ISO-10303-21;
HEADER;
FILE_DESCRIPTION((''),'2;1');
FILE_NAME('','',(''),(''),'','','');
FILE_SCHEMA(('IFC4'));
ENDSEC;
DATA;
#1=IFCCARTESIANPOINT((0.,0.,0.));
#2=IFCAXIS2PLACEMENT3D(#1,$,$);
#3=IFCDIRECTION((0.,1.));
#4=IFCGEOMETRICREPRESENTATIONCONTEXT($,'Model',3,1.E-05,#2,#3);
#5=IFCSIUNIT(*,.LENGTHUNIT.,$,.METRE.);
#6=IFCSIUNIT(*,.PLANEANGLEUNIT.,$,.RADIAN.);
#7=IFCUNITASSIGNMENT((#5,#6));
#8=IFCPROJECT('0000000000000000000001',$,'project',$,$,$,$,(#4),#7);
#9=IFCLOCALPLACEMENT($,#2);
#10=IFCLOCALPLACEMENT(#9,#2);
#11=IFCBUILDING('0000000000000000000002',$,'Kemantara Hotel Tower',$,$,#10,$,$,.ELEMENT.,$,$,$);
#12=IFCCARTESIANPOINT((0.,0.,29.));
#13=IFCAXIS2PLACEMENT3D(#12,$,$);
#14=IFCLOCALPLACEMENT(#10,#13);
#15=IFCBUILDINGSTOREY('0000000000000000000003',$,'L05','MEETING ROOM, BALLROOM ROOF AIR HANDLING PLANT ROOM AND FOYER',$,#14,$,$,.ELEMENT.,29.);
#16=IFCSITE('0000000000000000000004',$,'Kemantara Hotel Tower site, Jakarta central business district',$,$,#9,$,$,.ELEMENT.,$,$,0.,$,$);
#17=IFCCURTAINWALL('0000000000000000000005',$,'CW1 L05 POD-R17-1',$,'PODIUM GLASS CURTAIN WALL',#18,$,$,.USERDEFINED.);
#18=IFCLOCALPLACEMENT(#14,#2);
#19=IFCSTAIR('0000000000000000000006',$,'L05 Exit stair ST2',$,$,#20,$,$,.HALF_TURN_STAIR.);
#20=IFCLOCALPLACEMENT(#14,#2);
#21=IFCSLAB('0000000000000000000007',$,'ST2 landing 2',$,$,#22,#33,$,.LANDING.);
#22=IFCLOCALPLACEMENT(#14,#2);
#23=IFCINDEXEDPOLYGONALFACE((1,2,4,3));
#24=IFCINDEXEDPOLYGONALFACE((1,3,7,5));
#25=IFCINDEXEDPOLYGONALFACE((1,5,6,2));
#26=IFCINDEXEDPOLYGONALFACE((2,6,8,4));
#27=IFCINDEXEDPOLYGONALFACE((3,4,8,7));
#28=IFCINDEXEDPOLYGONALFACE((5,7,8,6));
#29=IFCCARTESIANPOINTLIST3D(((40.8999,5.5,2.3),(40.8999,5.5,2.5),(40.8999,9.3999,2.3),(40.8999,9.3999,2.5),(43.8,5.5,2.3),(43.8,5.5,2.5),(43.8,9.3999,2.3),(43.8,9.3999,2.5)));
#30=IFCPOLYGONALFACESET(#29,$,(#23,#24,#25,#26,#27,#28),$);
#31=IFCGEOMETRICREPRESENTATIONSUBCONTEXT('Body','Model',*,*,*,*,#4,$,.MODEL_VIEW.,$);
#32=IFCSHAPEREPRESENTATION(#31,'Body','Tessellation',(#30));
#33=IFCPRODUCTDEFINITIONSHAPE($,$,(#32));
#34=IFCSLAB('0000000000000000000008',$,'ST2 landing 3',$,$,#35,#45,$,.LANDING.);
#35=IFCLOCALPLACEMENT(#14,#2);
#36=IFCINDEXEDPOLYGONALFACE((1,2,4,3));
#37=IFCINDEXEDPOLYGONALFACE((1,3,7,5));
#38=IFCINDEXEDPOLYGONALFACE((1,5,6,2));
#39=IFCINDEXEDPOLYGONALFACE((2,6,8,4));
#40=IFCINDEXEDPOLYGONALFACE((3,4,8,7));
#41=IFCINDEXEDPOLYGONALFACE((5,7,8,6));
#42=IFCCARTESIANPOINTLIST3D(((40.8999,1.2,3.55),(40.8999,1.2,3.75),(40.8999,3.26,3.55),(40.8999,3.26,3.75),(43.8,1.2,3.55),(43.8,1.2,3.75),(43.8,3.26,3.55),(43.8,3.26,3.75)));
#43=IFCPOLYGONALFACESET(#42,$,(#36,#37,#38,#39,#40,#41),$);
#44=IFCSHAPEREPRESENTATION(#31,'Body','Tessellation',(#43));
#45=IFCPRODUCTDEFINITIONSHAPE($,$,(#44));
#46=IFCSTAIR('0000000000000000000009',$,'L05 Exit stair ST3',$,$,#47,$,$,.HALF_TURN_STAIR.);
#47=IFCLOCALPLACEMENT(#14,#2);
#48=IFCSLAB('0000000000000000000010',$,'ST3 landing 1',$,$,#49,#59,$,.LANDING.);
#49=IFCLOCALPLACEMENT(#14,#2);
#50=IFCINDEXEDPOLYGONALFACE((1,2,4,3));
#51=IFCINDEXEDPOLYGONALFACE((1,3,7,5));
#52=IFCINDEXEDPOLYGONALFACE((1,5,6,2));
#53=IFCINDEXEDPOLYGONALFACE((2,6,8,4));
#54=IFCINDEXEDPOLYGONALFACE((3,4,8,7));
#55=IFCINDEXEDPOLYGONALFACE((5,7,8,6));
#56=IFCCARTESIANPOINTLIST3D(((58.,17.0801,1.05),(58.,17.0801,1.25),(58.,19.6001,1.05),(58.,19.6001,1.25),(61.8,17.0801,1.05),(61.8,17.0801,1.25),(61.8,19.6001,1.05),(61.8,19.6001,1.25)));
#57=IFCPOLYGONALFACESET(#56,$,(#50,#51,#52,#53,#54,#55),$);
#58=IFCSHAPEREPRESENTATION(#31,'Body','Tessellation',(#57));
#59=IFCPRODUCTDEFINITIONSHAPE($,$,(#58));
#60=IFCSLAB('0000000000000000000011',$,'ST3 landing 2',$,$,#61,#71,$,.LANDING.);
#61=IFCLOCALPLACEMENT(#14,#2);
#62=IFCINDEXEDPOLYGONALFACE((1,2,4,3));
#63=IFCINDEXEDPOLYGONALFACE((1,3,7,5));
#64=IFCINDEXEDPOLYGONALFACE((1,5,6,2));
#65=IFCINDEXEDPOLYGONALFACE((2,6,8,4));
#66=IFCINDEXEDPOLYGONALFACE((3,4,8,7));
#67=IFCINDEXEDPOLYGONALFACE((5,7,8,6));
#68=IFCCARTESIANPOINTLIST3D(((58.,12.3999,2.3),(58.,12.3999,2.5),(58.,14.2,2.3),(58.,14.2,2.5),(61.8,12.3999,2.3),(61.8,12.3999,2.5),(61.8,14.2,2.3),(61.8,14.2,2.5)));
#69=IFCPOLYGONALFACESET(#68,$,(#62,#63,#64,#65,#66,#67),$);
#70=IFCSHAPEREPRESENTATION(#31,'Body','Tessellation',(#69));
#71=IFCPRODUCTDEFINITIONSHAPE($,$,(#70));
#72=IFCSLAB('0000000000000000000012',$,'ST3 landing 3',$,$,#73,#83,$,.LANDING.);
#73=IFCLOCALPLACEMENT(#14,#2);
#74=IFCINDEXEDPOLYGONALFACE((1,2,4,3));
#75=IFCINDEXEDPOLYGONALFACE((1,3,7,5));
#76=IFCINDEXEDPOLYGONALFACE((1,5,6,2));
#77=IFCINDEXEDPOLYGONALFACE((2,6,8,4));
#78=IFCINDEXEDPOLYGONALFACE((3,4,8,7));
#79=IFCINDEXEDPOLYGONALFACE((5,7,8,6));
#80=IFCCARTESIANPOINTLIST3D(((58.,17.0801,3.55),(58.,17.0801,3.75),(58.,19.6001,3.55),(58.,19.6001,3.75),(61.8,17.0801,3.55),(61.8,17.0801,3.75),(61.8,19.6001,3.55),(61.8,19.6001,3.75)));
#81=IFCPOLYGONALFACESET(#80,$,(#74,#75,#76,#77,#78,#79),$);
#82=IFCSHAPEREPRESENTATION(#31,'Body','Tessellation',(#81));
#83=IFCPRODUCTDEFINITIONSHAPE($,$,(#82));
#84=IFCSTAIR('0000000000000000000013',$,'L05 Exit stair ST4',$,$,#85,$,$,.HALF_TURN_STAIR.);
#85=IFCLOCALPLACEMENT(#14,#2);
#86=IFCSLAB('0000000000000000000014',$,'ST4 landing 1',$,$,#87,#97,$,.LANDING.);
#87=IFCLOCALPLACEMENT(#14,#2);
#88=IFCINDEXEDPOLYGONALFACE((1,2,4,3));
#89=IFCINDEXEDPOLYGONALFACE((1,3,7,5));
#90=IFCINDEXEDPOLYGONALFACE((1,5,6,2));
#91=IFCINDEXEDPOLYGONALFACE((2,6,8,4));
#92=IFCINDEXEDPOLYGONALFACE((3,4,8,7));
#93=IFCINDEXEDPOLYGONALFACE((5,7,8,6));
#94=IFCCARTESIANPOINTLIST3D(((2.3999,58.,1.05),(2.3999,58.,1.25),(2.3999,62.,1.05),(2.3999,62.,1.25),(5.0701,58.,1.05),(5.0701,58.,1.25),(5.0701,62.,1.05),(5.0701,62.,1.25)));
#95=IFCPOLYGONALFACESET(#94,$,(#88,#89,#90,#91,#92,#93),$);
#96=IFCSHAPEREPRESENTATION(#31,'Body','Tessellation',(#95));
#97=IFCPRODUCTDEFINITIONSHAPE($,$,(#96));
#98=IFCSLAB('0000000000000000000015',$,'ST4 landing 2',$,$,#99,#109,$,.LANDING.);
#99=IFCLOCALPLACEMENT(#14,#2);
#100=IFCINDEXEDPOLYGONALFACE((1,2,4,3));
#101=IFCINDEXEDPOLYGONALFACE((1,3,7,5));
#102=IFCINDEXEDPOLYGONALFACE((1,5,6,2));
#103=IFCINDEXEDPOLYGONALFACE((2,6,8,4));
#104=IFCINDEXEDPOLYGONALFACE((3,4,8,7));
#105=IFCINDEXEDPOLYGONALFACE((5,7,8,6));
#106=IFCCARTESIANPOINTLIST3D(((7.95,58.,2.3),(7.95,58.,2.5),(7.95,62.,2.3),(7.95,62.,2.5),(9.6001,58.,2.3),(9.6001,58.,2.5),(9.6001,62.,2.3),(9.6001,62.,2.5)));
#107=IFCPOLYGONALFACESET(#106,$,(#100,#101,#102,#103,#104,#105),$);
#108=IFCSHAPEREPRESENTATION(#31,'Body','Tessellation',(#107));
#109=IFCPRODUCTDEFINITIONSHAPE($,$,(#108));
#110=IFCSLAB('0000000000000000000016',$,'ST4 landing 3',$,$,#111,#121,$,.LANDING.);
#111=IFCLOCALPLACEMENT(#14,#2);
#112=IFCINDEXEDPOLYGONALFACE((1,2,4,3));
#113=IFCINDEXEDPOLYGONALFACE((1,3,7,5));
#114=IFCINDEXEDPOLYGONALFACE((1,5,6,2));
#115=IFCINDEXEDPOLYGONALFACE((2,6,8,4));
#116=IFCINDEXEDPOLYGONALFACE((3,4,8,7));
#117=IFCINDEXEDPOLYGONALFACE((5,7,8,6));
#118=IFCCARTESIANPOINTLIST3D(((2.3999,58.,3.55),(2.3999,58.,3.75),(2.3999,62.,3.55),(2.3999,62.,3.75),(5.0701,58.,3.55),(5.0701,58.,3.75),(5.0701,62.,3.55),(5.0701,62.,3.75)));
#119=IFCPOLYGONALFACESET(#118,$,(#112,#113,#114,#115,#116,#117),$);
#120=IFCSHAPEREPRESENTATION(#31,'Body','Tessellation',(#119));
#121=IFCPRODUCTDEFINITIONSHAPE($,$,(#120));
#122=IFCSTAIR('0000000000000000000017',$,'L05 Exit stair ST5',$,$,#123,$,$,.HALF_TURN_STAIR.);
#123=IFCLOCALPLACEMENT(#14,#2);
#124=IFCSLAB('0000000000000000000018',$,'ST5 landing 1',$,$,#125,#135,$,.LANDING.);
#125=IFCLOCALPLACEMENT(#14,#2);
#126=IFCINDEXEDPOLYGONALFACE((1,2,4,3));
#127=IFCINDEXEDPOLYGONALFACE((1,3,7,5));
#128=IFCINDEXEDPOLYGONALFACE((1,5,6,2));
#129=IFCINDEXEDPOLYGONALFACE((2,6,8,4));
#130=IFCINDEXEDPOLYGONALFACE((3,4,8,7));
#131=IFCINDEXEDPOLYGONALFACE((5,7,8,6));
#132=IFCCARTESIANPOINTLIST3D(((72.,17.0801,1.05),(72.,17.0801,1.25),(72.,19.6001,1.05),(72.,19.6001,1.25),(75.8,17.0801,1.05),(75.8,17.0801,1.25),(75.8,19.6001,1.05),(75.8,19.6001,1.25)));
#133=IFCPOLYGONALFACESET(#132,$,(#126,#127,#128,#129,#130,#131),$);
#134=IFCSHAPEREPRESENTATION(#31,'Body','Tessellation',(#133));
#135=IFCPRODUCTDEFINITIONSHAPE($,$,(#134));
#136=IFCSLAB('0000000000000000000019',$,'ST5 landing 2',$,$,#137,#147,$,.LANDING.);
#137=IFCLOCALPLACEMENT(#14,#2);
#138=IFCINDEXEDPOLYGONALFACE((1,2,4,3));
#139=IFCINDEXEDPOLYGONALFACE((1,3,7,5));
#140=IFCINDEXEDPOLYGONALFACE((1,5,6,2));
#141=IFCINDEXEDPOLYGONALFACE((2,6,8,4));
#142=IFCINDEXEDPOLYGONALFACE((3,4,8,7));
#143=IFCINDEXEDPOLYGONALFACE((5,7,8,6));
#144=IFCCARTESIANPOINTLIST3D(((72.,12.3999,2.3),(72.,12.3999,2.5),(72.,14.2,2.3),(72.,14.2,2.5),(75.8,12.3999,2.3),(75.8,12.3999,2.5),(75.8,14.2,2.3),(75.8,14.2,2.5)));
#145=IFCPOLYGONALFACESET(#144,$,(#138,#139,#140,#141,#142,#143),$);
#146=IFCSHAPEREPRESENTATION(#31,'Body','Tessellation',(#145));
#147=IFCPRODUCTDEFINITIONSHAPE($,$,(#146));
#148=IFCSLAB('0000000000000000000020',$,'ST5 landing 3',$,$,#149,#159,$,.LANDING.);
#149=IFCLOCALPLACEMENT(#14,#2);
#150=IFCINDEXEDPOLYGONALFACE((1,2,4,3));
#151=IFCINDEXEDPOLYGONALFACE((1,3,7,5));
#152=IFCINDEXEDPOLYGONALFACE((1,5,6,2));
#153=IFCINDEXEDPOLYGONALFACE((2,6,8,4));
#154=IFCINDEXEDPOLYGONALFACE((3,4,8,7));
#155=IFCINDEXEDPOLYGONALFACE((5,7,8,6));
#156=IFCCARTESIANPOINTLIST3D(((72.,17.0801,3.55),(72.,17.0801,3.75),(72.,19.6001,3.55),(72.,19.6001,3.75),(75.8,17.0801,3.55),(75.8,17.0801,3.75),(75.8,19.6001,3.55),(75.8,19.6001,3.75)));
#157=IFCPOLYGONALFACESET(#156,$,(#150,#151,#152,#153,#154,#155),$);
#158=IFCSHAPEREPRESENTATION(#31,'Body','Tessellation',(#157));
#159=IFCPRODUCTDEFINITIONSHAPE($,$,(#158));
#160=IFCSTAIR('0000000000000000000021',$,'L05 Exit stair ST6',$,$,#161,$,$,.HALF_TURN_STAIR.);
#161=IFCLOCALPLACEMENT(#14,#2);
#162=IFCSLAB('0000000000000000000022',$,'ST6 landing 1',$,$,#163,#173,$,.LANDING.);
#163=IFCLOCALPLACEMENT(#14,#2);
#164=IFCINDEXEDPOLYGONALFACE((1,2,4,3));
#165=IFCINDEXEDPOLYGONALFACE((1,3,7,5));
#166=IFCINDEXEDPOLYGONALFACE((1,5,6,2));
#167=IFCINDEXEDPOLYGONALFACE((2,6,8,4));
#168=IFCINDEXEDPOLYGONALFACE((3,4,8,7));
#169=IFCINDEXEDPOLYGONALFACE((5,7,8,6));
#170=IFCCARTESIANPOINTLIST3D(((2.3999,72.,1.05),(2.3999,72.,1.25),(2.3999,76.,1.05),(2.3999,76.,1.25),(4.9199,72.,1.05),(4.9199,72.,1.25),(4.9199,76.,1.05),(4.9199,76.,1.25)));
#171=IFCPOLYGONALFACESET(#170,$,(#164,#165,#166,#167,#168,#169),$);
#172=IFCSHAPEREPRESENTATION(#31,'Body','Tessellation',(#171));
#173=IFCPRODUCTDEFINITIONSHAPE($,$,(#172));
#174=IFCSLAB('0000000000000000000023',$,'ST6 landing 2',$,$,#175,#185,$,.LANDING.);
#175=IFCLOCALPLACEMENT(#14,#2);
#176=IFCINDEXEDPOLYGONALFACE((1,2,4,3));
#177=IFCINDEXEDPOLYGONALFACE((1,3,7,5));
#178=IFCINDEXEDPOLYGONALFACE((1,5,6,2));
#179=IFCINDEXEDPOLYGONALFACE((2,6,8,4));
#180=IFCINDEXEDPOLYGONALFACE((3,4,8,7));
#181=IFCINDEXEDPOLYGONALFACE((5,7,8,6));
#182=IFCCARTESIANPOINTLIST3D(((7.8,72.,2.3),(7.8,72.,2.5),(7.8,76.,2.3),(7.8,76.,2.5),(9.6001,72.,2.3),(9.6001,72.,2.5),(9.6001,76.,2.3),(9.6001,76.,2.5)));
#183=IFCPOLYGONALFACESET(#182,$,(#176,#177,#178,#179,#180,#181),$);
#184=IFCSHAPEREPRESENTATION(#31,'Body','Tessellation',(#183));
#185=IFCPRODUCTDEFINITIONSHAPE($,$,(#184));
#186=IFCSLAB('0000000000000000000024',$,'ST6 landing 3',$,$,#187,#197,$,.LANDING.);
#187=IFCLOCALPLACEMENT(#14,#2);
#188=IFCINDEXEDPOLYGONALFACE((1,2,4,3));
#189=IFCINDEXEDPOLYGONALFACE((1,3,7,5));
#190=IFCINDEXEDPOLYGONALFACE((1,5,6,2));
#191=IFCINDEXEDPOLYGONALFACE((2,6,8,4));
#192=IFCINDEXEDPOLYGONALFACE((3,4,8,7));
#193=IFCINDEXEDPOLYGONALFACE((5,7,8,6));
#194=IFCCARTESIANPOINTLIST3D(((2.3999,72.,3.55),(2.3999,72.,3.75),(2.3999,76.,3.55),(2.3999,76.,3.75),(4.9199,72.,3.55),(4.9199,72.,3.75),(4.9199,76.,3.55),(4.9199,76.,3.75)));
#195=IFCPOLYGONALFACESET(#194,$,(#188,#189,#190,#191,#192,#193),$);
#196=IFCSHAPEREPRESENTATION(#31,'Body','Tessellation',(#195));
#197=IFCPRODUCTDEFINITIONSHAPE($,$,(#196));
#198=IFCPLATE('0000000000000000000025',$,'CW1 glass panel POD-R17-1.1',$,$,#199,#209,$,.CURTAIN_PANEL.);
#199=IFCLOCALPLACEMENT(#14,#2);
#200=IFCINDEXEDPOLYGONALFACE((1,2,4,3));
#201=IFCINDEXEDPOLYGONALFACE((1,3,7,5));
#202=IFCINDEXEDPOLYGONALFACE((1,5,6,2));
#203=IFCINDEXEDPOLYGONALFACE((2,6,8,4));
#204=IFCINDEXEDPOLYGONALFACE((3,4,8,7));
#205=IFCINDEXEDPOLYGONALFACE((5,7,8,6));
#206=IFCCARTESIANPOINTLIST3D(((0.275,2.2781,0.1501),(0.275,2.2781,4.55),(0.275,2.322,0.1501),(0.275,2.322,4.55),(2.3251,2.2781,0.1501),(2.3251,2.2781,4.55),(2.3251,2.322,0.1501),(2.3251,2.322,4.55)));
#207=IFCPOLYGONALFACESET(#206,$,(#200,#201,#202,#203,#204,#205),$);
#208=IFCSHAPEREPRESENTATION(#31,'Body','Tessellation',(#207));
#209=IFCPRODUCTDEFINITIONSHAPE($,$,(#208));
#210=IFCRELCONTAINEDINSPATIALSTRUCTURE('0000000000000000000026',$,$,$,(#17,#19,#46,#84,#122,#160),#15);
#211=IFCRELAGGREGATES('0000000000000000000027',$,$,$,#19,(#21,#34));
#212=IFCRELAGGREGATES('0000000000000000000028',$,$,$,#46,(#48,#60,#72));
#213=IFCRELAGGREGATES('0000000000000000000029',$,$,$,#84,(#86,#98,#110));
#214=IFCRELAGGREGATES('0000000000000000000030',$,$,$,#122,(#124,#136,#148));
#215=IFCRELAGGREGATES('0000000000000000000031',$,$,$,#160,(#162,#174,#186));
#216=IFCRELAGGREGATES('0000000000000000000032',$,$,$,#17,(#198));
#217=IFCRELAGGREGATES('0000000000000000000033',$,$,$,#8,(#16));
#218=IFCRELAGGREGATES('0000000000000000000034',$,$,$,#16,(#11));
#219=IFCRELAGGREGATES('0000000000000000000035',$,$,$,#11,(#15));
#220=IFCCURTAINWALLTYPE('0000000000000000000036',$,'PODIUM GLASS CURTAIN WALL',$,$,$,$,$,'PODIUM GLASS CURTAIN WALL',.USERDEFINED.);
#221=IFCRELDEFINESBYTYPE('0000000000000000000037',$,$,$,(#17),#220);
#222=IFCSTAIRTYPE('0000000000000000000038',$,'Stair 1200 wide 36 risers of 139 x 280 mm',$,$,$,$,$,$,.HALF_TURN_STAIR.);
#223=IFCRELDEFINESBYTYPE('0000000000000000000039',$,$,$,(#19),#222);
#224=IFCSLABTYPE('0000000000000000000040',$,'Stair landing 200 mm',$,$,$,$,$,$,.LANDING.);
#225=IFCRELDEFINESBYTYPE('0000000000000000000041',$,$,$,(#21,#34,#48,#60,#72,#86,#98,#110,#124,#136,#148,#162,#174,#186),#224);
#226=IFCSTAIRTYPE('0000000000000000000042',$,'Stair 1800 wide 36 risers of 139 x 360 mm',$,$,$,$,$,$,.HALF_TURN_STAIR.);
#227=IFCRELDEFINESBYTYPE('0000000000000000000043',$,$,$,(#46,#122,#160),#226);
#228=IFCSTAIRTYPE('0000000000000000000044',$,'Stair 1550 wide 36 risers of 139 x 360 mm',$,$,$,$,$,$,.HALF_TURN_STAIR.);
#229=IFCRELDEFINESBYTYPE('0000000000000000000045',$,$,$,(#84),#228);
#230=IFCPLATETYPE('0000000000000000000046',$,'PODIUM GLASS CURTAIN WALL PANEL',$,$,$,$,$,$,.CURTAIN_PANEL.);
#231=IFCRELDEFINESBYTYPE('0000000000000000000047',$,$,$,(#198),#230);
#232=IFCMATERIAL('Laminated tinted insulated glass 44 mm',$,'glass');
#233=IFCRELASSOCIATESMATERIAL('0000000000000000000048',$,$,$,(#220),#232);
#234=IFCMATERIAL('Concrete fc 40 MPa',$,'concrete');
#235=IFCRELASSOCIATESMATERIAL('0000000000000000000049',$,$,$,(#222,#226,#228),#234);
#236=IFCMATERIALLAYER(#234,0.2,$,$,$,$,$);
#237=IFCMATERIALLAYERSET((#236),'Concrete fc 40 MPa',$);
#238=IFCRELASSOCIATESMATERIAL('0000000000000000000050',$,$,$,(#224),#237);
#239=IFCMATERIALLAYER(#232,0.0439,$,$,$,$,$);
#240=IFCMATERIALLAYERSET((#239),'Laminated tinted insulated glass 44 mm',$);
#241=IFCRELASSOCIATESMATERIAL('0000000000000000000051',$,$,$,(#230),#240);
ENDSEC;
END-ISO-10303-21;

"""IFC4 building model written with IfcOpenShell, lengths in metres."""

from ifc_helpers import new_model, si_unit, direction, frame, origin, origin_2d, place, context, subcontext, project, spatial, polyline, rectangle, outline, extrude, source, transform, mapped, material, layer, layer_set, type_object, element, aggregate, save


model = new_model("IFC4")

# Units and contexts
model_context = context("Model", 3, precision=1e-05, world=origin(), true_north=direction((0.0, 1.0)))
body_context = subcontext(model_context, "Body", "Model", "MODEL_VIEW")
ifc_project = project(units=[si_unit("LENGTHUNIT", "METRE"), si_unit("PLANEANGLEUNIT", "RADIAN")], contexts=[model_context])

# Site, building, storey
site_placement = place(None, origin())
site = spatial("IfcSite", under=ifc_project, at=site_placement, Name="Kemantara Hotel Tower site, Jakarta central business district", CompositionType="ELEMENT", RefElevation=0.0)
building_placement = place(site_placement, origin())
building = spatial("IfcBuilding", under=site, at=building_placement, Name="Kemantara Hotel Tower", CompositionType="ELEMENT")
storey_placement = place(building_placement, frame((0.0, 0.0, 29.0)))
storey = spatial("IfcBuildingStorey", under=building, at=storey_placement, Name="L05", Description="MEETING ROOM, BALLROOM ROOF AIR HANDLING PLANT ROOM AND FOYER", CompositionType="ELEMENT", Elevation=29.0)

# Curtain wall
ifc_material_1 = material(Name="Laminated tinted insulated glass 44 mm", Category="glass")
curtain_wall_type = type_object("IfcCurtainWallType", Name="PODIUM GLASS CURTAIN WALL", ElementType="PODIUM GLASS CURTAIN WALL", PredefinedType="USERDEFINED", material=ifc_material_1)
curtain_wall_1_placement = place(storey_placement, origin())
curtain_wall_1 = element("IfcCurtainWall", 1, at=curtain_wall_1_placement, inside=storey, type_object=curtain_wall_type, Name="CW1 L05 POD-R17-1", ObjectType="PODIUM GLASS CURTAIN WALL", PredefinedType="USERDEFINED")

# Shared definitions
ifc_material_2 = material(Name="Concrete fc 40 MPa", Category="concrete")

# Stairs, slabs
stair_type_1 = type_object("IfcStairType", Name="Stair 1200 wide 36 risers of 139 x 280 mm", PredefinedType="HALF_TURN_STAIR", material=ifc_material_2)
ifc_layer_1 = layer(ifc_material_2, 0.2)
ifc_layer_set_1 = layer_set([ifc_layer_1], Name="Concrete fc 40 MPa")
slab_type_1 = type_object("IfcSlabType", Name="Stair landing 200 mm", PredefinedType="LANDING", material=ifc_layer_set_1)
stair_1_placement = place(storey_placement, origin())
stair_1 = element("IfcStair", 2, at=stair_1_placement, inside=storey, type_object=stair_type_1, Name="L05 Exit stair ST2", PredefinedType="HALF_TURN_STAIR")
slab_1_placement = place(storey_placement, frame((0.0, 0.0, 2.3)))
slab_1 = element("IfcSlab", 3, at=slab_1_placement, type_object=slab_type_1, Name="ST2 landing 2", PredefinedType="LANDING", context=body_context, shape_type="SweptSolid", body=[
    extrude(outline(polyline([(40.8999, 9.3999), (40.8999, 5.5), (43.8, 5.5), (43.8, 9.3999), (40.8999, 9.3999)])), origin(), (0.0, 0.0, 1.0), 0.2),
])
slab_2_placement = place(storey_placement, frame((0.0, 0.0, 3.55)))
slab_2 = element("IfcSlab", 4, at=slab_2_placement, type_object=slab_type_1, Name="ST2 landing 3", PredefinedType="LANDING", context=body_context, shape_type="SweptSolid", body=[
    extrude(outline(polyline([(40.8999, 3.26), (40.8999, 1.2), (43.8, 1.2), (43.8, 3.26), (40.8999, 3.26)])), origin(), (0.0, 0.0, 1.0), 0.2),
])
aggregate(stair_1, [slab_1, slab_2])
stair_type_2 = type_object("IfcStairType", Name="Stair 1800 wide 36 risers of 139 x 360 mm", PredefinedType="HALF_TURN_STAIR", material=ifc_material_2)
stair_2_placement = place(storey_placement, origin())
stair_2 = element("IfcStair", 5, at=stair_2_placement, inside=storey, type_object=stair_type_2, Name="L05 Exit stair ST3", PredefinedType="HALF_TURN_STAIR")
slab_3_placement = place(storey_placement, frame((0.0, 0.0, 1.05)))
slab_3 = element("IfcSlab", 6, at=slab_3_placement, type_object=slab_type_1, Name="ST3 landing 1", PredefinedType="LANDING", context=body_context, shape_type="SweptSolid", body=[
    extrude(outline(polyline([(61.8, 17.0801), (61.8, 19.6001), (58.0, 19.6001), (58.0, 17.0801), (61.8, 17.0801)])), origin(), (0.0, 0.0, 1.0), 0.2),
])
slab_4_placement = place(storey_placement, frame((0.0, 0.0, 2.3)))
slab_4 = element("IfcSlab", 7, at=slab_4_placement, type_object=slab_type_1, Name="ST3 landing 2", PredefinedType="LANDING", context=body_context, shape_type="SweptSolid", body=[
    extrude(outline(polyline([(61.8, 12.3999), (61.8, 14.2), (58.0, 14.2), (58.0, 12.3999), (61.8, 12.3999)])), origin(), (0.0, 0.0, 1.0), 0.2),
])
slab_5_placement = place(storey_placement, frame((0.0, 0.0, 3.55)))
slab_5 = element("IfcSlab", 8, at=slab_5_placement, type_object=slab_type_1, Name="ST3 landing 3", PredefinedType="LANDING", context=body_context, shape_type="SweptSolid", body=[
    extrude(outline(polyline([(61.8, 17.0801), (61.8, 19.6001), (58.0, 19.6001), (58.0, 17.0801), (61.8, 17.0801)])), origin(), (0.0, 0.0, 1.0), 0.2),
])
aggregate(stair_2, [slab_3, slab_4, slab_5])
stair_type_3 = type_object("IfcStairType", Name="Stair 1550 wide 36 risers of 139 x 360 mm", PredefinedType="HALF_TURN_STAIR", material=ifc_material_2)
stair_3_placement = place(storey_placement, origin())
stair_3 = element("IfcStair", 9, at=stair_3_placement, inside=storey, type_object=stair_type_3, Name="L05 Exit stair ST4", PredefinedType="HALF_TURN_STAIR")
slab_6_placement = place(storey_placement, frame((0.0, 0.0, 1.05)))
slab_6 = element("IfcSlab", 10, at=slab_6_placement, type_object=slab_type_1, Name="ST4 landing 1", PredefinedType="LANDING", context=body_context, shape_type="SweptSolid", body=[
    extrude(outline(polyline([(5.0701, 62.0), (2.3999, 62.0), (2.3999, 58.0), (5.0701, 58.0), (5.0701, 62.0)])), origin(), (0.0, 0.0, 1.0), 0.2),
])
slab_7_placement = place(storey_placement, frame((0.0, 0.0, 2.3)))
slab_7 = element("IfcSlab", 11, at=slab_7_placement, type_object=slab_type_1, Name="ST4 landing 2", PredefinedType="LANDING", context=body_context, shape_type="SweptSolid", body=[
    extrude(outline(polyline([(9.6001, 62.0), (7.95, 62.0), (7.95, 58.0), (9.6001, 58.0), (9.6001, 62.0)])), origin(), (0.0, 0.0, 1.0), 0.2),
])
slab_8_placement = place(storey_placement, frame((0.0, 0.0, 3.55)))
slab_8 = element("IfcSlab", 12, at=slab_8_placement, type_object=slab_type_1, Name="ST4 landing 3", PredefinedType="LANDING", context=body_context, shape_type="SweptSolid", body=[
    extrude(outline(polyline([(5.0701, 62.0), (2.3999, 62.0), (2.3999, 58.0), (5.0701, 58.0), (5.0701, 62.0)])), origin(), (0.0, 0.0, 1.0), 0.2),
])
aggregate(stair_3, [slab_6, slab_7, slab_8])
stair_4_placement = place(storey_placement, origin())
stair_4 = element("IfcStair", 13, at=stair_4_placement, inside=storey, type_object=stair_type_2, Name="L05 Exit stair ST5", PredefinedType="HALF_TURN_STAIR")
slab_9_placement = place(storey_placement, frame((0.0, 0.0, 1.05)))
slab_9 = element("IfcSlab", 14, at=slab_9_placement, type_object=slab_type_1, Name="ST5 landing 1", PredefinedType="LANDING", context=body_context, shape_type="SweptSolid", body=[
    extrude(outline(polyline([(75.8, 17.0801), (75.8, 19.6001), (72.0, 19.6001), (72.0, 17.0801), (75.8, 17.0801)])), origin(), (0.0, 0.0, 1.0), 0.2),
])
slab_10_placement = place(storey_placement, frame((0.0, 0.0, 2.3)))
slab_10 = element("IfcSlab", 15, at=slab_10_placement, type_object=slab_type_1, Name="ST5 landing 2", PredefinedType="LANDING", context=body_context, shape_type="SweptSolid", body=[
    extrude(outline(polyline([(75.8, 12.3999), (75.8, 14.2), (72.0, 14.2), (72.0, 12.3999), (75.8, 12.3999)])), origin(), (0.0, 0.0, 1.0), 0.2),
])
slab_11_placement = place(storey_placement, frame((0.0, 0.0, 3.55)))
slab_11 = element("IfcSlab", 16, at=slab_11_placement, type_object=slab_type_1, Name="ST5 landing 3", PredefinedType="LANDING", context=body_context, shape_type="SweptSolid", body=[
    extrude(outline(polyline([(75.8, 17.0801), (75.8, 19.6001), (72.0, 19.6001), (72.0, 17.0801), (75.8, 17.0801)])), origin(), (0.0, 0.0, 1.0), 0.2),
])
aggregate(stair_4, [slab_9, slab_10, slab_11])
stair_5_placement = place(storey_placement, origin())
stair_5 = element("IfcStair", 17, at=stair_5_placement, inside=storey, type_object=stair_type_2, Name="L05 Exit stair ST6", PredefinedType="HALF_TURN_STAIR")
slab_12_placement = place(storey_placement, frame((0.0, 0.0, 1.05)))
slab_12 = element("IfcSlab", 18, at=slab_12_placement, type_object=slab_type_1, Name="ST6 landing 1", PredefinedType="LANDING", context=body_context, shape_type="SweptSolid", body=[
    extrude(outline(polyline([(4.9199, 76.0), (2.3999, 76.0), (2.3999, 72.0), (4.9199, 72.0), (4.9199, 76.0)])), origin(), (0.0, 0.0, 1.0), 0.2),
])
slab_13_placement = place(storey_placement, frame((0.0, 0.0, 2.3)))
slab_13 = element("IfcSlab", 19, at=slab_13_placement, type_object=slab_type_1, Name="ST6 landing 2", PredefinedType="LANDING", context=body_context, shape_type="SweptSolid", body=[
    extrude(outline(polyline([(9.6001, 76.0), (7.8, 76.0), (7.8, 72.0), (9.6001, 72.0), (9.6001, 76.0)])), origin(), (0.0, 0.0, 1.0), 0.2),
])
slab_14_placement = place(storey_placement, frame((0.0, 0.0, 3.55)))
slab_14 = element("IfcSlab", 20, at=slab_14_placement, type_object=slab_type_1, Name="ST6 landing 3", PredefinedType="LANDING", context=body_context, shape_type="SweptSolid", body=[
    extrude(outline(polyline([(4.9199, 76.0), (2.3999, 76.0), (2.3999, 72.0), (4.9199, 72.0), (4.9199, 76.0)])), origin(), (0.0, 0.0, 1.0), 0.2),
])
aggregate(stair_5, [slab_12, slab_13, slab_14])

# Plate
ifc_layer_2 = layer(ifc_material_1, 0.0439)
ifc_layer_set_2 = layer_set([ifc_layer_2], Name="Laminated tinted insulated glass 44 mm")
plate_type = type_object("IfcPlateType", Name="PODIUM GLASS CURTAIN WALL PANEL", PredefinedType="CURTAIN_PANEL", material=ifc_layer_set_2)
shared_shape_1 = source(origin(), body_context, "Body", "SweptSolid", [
    extrude(rectangle(XDim=2.05, YDim=0.0439, at=origin_2d()), origin(), (0.0, 0.0, 1.0), 4.3999),
])
plate_placement = place(storey_placement, frame((1.3, 2.3, 0.1501), z_axis=(0.0, 0.0, 1.0), x_axis=(1.0, 0.0, 0.0)))
plate = element("IfcPlate", 21, at=plate_placement, type_object=plate_type, Name="CW1 glass panel POD-R17-1.1", PredefinedType="CURTAIN_PANEL", context=body_context, shape_type="MappedRepresentation", body=[
    mapped(shared_shape_1, transform((0.0, 0.0, 0.0))),
])
aggregate(curtain_wall_1, [plate])

save(model, "model.ifc")
